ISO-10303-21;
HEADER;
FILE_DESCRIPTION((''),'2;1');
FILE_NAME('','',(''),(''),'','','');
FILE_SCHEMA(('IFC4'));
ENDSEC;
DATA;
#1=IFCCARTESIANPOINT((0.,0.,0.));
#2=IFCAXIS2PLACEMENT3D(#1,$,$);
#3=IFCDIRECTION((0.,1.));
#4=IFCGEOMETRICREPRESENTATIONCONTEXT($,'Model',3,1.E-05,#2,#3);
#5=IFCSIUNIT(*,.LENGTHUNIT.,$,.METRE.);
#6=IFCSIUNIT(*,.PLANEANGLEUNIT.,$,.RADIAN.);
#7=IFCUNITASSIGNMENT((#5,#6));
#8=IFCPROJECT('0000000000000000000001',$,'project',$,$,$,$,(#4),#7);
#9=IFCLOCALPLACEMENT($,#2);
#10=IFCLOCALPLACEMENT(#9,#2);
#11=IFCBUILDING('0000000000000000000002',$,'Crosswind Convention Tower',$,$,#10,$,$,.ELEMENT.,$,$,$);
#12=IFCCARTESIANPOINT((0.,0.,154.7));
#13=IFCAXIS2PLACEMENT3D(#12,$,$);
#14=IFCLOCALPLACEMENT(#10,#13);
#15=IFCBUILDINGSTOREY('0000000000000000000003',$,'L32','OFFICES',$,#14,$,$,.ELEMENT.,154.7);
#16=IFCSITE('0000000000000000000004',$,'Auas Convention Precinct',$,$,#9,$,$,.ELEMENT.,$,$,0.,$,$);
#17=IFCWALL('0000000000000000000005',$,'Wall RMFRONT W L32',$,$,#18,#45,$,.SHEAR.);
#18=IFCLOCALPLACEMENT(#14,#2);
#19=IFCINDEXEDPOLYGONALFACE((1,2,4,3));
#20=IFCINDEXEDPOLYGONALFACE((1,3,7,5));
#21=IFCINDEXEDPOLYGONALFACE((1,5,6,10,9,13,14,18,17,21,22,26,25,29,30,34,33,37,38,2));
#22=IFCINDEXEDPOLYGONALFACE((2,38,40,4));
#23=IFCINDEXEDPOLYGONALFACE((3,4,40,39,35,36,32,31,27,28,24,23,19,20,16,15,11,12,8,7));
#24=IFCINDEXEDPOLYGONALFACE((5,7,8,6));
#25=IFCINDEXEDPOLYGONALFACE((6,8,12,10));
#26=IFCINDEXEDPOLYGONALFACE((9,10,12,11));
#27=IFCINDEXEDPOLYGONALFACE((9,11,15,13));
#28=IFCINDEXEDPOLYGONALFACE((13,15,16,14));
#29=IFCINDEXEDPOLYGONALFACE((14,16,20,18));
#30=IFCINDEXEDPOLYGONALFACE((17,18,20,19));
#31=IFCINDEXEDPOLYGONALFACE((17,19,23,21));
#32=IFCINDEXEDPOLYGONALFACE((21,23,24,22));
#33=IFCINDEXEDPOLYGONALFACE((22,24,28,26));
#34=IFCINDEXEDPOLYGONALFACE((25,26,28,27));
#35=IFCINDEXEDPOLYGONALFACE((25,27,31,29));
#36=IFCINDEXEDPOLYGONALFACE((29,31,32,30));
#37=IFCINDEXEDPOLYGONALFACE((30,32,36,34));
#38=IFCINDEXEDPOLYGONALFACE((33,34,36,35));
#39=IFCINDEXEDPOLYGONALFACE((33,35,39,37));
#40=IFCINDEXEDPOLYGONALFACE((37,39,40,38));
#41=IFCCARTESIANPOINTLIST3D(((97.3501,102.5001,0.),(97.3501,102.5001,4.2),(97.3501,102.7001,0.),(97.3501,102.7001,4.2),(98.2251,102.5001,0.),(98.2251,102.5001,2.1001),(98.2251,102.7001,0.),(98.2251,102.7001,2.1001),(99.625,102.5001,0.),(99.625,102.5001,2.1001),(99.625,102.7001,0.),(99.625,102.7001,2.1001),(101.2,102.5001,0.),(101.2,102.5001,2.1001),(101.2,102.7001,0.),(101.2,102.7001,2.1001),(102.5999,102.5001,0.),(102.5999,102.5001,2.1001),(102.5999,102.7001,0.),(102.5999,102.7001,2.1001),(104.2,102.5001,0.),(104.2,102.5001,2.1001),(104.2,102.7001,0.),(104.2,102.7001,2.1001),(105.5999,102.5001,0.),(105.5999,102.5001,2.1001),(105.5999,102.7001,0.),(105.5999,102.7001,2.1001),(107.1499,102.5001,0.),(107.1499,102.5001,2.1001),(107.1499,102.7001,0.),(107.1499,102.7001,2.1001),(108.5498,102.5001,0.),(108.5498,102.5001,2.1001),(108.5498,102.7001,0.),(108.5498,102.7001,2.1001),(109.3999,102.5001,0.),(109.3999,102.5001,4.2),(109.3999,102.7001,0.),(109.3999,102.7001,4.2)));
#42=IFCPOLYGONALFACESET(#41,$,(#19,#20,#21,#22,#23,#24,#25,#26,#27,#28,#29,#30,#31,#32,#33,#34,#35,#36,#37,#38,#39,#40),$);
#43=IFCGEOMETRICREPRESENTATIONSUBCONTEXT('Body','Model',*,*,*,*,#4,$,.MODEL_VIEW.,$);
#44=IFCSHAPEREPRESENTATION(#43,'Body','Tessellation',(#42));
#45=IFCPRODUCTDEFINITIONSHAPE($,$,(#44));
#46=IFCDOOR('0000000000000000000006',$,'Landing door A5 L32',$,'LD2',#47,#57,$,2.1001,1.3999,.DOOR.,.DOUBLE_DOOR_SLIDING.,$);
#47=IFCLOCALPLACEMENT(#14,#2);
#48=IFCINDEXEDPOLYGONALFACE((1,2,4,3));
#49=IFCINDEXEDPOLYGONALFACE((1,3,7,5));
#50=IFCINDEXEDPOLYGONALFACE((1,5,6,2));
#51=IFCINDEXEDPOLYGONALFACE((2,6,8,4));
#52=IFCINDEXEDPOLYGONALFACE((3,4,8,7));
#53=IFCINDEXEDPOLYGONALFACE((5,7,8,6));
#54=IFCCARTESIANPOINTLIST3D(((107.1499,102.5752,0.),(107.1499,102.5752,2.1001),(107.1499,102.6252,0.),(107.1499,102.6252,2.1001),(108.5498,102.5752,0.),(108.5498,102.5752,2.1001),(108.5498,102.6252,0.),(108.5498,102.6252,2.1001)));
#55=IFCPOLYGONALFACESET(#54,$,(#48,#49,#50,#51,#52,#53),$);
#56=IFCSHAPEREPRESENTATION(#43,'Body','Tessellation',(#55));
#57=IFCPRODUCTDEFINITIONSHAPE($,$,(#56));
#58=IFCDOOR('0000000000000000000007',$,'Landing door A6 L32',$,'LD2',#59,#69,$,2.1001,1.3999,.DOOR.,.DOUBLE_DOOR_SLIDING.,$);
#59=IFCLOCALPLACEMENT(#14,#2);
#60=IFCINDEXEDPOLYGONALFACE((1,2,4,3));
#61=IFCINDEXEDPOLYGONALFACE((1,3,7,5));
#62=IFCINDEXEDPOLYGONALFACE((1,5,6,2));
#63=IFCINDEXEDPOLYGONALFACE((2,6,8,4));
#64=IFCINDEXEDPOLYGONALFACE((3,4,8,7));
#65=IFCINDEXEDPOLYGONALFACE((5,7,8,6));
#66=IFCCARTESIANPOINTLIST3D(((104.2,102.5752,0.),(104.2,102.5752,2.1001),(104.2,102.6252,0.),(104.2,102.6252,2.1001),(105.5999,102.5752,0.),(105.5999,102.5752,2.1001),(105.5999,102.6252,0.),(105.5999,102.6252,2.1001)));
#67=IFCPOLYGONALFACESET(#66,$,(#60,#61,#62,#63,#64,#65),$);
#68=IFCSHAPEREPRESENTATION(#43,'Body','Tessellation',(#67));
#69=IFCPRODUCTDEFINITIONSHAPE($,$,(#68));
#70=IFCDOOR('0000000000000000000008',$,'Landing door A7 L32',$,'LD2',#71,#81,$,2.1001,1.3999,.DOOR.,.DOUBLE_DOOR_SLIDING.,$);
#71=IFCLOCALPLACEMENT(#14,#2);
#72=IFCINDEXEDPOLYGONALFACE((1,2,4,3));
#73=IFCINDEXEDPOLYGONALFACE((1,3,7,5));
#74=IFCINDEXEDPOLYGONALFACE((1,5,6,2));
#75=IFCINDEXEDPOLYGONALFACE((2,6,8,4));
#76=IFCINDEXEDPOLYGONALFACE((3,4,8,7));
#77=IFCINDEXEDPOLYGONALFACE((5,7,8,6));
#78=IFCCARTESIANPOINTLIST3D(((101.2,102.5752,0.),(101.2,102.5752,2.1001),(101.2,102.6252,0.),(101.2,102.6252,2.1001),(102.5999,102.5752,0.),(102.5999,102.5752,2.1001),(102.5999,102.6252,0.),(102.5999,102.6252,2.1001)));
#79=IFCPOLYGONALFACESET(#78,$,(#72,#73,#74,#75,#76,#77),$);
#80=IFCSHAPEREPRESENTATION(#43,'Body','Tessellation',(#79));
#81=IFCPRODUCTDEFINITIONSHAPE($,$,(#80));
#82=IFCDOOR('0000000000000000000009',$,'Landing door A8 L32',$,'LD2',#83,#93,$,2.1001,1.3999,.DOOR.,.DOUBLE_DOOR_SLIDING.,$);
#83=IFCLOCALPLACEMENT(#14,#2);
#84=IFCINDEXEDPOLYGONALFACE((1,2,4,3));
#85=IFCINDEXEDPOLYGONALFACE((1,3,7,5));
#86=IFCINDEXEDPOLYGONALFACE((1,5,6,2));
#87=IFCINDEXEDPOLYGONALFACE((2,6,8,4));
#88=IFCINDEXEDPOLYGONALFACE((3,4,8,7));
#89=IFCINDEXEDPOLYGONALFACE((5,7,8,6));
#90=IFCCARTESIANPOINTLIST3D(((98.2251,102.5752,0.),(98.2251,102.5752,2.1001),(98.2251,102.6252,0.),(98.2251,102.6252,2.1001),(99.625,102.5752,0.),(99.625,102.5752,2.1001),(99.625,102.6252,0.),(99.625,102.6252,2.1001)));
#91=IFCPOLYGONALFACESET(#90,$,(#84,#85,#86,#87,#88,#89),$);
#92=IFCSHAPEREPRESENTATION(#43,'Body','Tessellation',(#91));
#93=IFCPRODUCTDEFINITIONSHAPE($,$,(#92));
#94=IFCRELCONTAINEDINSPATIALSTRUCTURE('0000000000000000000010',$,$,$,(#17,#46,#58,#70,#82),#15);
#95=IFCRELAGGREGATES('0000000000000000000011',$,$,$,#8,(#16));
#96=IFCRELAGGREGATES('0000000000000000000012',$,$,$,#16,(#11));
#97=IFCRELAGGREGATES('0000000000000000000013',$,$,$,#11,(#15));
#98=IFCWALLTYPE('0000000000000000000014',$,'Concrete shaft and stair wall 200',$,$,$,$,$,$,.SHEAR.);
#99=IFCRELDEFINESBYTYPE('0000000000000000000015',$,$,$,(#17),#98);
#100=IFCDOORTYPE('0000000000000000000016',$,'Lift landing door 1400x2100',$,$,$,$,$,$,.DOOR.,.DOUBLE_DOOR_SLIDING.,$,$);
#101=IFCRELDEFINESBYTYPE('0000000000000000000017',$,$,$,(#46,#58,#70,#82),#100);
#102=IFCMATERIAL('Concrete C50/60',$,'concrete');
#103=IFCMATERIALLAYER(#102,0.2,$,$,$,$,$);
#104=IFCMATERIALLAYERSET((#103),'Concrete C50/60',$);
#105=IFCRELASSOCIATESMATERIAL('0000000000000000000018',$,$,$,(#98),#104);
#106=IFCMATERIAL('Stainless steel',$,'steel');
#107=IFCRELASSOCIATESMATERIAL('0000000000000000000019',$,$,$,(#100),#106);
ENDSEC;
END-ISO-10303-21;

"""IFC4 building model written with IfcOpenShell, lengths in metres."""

from ifc_helpers import new_model, si_unit, direction, frame, frame_2d, origin, place, context, subcontext, project, spatial, rectangle, extrude, material, layer, layer_set, type_object, element, fill, save


model = new_model("IFC4")

# Units and contexts
model_context = context("Model", 3, precision=1e-05, world=origin(), true_north=direction((0.0, 1.0)))
body_context = subcontext(model_context, "Body", "Model", "MODEL_VIEW")
ifc_project = project(units=[si_unit("LENGTHUNIT", "METRE"), si_unit("PLANEANGLEUNIT", "RADIAN")], contexts=[model_context])

# Site, building, storey
site_placement = place(None, origin())
site = spatial("IfcSite", under=ifc_project, at=site_placement, Name="Auas Convention Precinct", CompositionType="ELEMENT", RefElevation=0.0)
building_placement = place(site_placement, origin())
building = spatial("IfcBuilding", under=site, at=building_placement, Name="Crosswind Convention Tower", CompositionType="ELEMENT")
storey_placement = place(building_placement, frame((0.0, 0.0, 154.7)))
storey = spatial("IfcBuildingStorey", under=building, at=storey_placement, Name="L32", Description="OFFICES", CompositionType="ELEMENT", Elevation=154.7)

# Shared definitions
ifc_material_1 = material(Name="Concrete C50/60", Category="concrete")
ifc_layer_1 = layer(ifc_material_1, 0.2)
ifc_layer_set_1 = layer_set([ifc_layer_1], Name="Concrete C50/60")
wall_type_1 = type_object("IfcWallType", Name="Concrete shaft and stair wall 200", PredefinedType="SHEAR", material=ifc_layer_set_1)

# Wall, openings, doors
wall_1_placement = place(storey_placement, frame((109.3999, 102.6001, 0.0), z_axis=(0.0, 0.0, 1.0), x_axis=(-1.0, 0.0, 0.0)))
wall_1 = element("IfcWall", 1, at=wall_1_placement, inside=storey, type_object=wall_type_1, Name="Wall RMFRONT W L32", PredefinedType="SHEAR", context=body_context, shape_type="SweptSolid", body=[
    extrude(rectangle(XDim=12.0498, YDim=0.2, at=frame_2d((6.0249, 0.0))), origin(), (0.0, 0.0, 1.0), 4.2),
])
opening_1_placement = place(wall_1_placement, frame((0.8501, 0.0, 0.0)))
opening_1 = element("IfcOpeningElement", 2, at=opening_1_placement, cuts=wall_1, PredefinedType="OPENING", context=body_context, shape_type="SweptSolid", body=[
    extrude(rectangle(XDim=1.3999, YDim=2.1001, at=frame_2d((0.7, 1.05))), frame((0.0, 0.1099, 0.0), z_axis=(0.0, -1.0, 0.0), x_axis=(1.0, 0.0, 0.0)), (0.0, 0.0, 1.0), 0.22),
])
opening_2_placement = place(wall_1_placement, frame((3.8, 0.0, 0.0)))
opening_2 = element("IfcOpeningElement", 3, at=opening_2_placement, cuts=wall_1, PredefinedType="OPENING", context=body_context, shape_type="SweptSolid", body=[
    extrude(rectangle(XDim=1.3999, YDim=2.1001, at=frame_2d((0.7, 1.05))), frame((0.0, 0.1099, 0.0), z_axis=(0.0, -1.0, 0.0), x_axis=(1.0, 0.0, 0.0)), (0.0, 0.0, 1.0), 0.22),
])
opening_3_placement = place(wall_1_placement, frame((6.8, 0.0, 0.0)))
opening_3 = element("IfcOpeningElement", 4, at=opening_3_placement, cuts=wall_1, PredefinedType="OPENING", context=body_context, shape_type="SweptSolid", body=[
    extrude(rectangle(XDim=1.3999, YDim=2.1001, at=frame_2d((0.7, 1.05))), frame((0.0, 0.1099, 0.0), z_axis=(0.0, -1.0, 0.0), x_axis=(1.0, 0.0, 0.0)), (0.0, 0.0, 1.0), 0.22),
])
opening_4_placement = place(wall_1_placement, frame((9.7749, 0.0, 0.0)))
opening_4 = element("IfcOpeningElement", 5, at=opening_4_placement, cuts=wall_1, PredefinedType="OPENING", context=body_context, shape_type="SweptSolid", body=[
    extrude(rectangle(XDim=1.3999, YDim=2.1001, at=frame_2d((0.7, 1.05))), frame((0.0, 0.1099, 0.0), z_axis=(0.0, -1.0, 0.0), x_axis=(1.0, 0.0, 0.0)), (0.0, 0.0, 1.0), 0.22),
])
ifc_material_2 = material(Name="Stainless steel", Category="steel")
door_type_1 = type_object("IfcDoorType", Name="Lift landing door 1400x2100", OperationType="DOUBLE_DOOR_SLIDING", PredefinedType="DOOR", material=ifc_material_2)
door_1_placement = place(opening_1_placement, origin())
door_1 = element("IfcDoor", 6, at=door_1_placement, inside=storey, type_object=door_type_1, Name="Landing door A5 L32", ObjectType="LD2", OperationType="DOUBLE_DOOR_SLIDING", OverallHeight=2.1001, OverallWidth=1.3999, PredefinedType="DOOR", context=body_context, shape_type="SweptSolid", body=[
    extrude(rectangle(XDim=1.3999, YDim=2.1001, at=frame_2d((0.7, 1.05))), frame((0.0, 0.0249, 0.0), z_axis=(0.0, -1.0, 0.0), x_axis=(1.0, 0.0, 0.0)), (0.0, 0.0, 1.0), 0.05),
])
fill(opening_1, door_1)
door_2_placement = place(opening_2_placement, origin())
door_2 = element("IfcDoor", 7, at=door_2_placement, inside=storey, type_object=door_type_1, Name="Landing door A6 L32", ObjectType="LD2", OperationType="DOUBLE_DOOR_SLIDING", OverallHeight=2.1001, OverallWidth=1.3999, PredefinedType="DOOR", context=body_context, shape_type="SweptSolid", body=[
    extrude(rectangle(XDim=1.3999, YDim=2.1001, at=frame_2d((0.7, 1.05))), frame((0.0, 0.0249, 0.0), z_axis=(0.0, -1.0, 0.0), x_axis=(1.0, 0.0, 0.0)), (0.0, 0.0, 1.0), 0.05),
])
fill(opening_2, door_2)
door_3_placement = place(opening_3_placement, origin())
door_3 = element("IfcDoor", 8, at=door_3_placement, inside=storey, type_object=door_type_1, Name="Landing door A7 L32", ObjectType="LD2", OperationType="DOUBLE_DOOR_SLIDING", OverallHeight=2.1001, OverallWidth=1.3999, PredefinedType="DOOR", context=body_context, shape_type="SweptSolid", body=[
    extrude(rectangle(XDim=1.3999, YDim=2.1001, at=frame_2d((0.7, 1.05))), frame((0.0, 0.0249, 0.0), z_axis=(0.0, -1.0, 0.0), x_axis=(1.0, 0.0, 0.0)), (0.0, 0.0, 1.0), 0.05),
])
fill(opening_3, door_3)
door_4_placement = place(opening_4_placement, origin())
door_4 = element("IfcDoor", 9, at=door_4_placement, inside=storey, type_object=door_type_1, Name="Landing door A8 L32", ObjectType="LD2", OperationType="DOUBLE_DOOR_SLIDING", OverallHeight=2.1001, OverallWidth=1.3999, PredefinedType="DOOR", context=body_context, shape_type="SweptSolid", body=[
    extrude(rectangle(XDim=1.3999, YDim=2.1001, at=frame_2d((0.7, 1.05))), frame((0.0, 0.0249, 0.0), z_axis=(0.0, -1.0, 0.0), x_axis=(1.0, 0.0, 0.0)), (0.0, 0.0, 1.0), 0.05),
])
fill(opening_4, door_4)

save(model, "model.ifc")
